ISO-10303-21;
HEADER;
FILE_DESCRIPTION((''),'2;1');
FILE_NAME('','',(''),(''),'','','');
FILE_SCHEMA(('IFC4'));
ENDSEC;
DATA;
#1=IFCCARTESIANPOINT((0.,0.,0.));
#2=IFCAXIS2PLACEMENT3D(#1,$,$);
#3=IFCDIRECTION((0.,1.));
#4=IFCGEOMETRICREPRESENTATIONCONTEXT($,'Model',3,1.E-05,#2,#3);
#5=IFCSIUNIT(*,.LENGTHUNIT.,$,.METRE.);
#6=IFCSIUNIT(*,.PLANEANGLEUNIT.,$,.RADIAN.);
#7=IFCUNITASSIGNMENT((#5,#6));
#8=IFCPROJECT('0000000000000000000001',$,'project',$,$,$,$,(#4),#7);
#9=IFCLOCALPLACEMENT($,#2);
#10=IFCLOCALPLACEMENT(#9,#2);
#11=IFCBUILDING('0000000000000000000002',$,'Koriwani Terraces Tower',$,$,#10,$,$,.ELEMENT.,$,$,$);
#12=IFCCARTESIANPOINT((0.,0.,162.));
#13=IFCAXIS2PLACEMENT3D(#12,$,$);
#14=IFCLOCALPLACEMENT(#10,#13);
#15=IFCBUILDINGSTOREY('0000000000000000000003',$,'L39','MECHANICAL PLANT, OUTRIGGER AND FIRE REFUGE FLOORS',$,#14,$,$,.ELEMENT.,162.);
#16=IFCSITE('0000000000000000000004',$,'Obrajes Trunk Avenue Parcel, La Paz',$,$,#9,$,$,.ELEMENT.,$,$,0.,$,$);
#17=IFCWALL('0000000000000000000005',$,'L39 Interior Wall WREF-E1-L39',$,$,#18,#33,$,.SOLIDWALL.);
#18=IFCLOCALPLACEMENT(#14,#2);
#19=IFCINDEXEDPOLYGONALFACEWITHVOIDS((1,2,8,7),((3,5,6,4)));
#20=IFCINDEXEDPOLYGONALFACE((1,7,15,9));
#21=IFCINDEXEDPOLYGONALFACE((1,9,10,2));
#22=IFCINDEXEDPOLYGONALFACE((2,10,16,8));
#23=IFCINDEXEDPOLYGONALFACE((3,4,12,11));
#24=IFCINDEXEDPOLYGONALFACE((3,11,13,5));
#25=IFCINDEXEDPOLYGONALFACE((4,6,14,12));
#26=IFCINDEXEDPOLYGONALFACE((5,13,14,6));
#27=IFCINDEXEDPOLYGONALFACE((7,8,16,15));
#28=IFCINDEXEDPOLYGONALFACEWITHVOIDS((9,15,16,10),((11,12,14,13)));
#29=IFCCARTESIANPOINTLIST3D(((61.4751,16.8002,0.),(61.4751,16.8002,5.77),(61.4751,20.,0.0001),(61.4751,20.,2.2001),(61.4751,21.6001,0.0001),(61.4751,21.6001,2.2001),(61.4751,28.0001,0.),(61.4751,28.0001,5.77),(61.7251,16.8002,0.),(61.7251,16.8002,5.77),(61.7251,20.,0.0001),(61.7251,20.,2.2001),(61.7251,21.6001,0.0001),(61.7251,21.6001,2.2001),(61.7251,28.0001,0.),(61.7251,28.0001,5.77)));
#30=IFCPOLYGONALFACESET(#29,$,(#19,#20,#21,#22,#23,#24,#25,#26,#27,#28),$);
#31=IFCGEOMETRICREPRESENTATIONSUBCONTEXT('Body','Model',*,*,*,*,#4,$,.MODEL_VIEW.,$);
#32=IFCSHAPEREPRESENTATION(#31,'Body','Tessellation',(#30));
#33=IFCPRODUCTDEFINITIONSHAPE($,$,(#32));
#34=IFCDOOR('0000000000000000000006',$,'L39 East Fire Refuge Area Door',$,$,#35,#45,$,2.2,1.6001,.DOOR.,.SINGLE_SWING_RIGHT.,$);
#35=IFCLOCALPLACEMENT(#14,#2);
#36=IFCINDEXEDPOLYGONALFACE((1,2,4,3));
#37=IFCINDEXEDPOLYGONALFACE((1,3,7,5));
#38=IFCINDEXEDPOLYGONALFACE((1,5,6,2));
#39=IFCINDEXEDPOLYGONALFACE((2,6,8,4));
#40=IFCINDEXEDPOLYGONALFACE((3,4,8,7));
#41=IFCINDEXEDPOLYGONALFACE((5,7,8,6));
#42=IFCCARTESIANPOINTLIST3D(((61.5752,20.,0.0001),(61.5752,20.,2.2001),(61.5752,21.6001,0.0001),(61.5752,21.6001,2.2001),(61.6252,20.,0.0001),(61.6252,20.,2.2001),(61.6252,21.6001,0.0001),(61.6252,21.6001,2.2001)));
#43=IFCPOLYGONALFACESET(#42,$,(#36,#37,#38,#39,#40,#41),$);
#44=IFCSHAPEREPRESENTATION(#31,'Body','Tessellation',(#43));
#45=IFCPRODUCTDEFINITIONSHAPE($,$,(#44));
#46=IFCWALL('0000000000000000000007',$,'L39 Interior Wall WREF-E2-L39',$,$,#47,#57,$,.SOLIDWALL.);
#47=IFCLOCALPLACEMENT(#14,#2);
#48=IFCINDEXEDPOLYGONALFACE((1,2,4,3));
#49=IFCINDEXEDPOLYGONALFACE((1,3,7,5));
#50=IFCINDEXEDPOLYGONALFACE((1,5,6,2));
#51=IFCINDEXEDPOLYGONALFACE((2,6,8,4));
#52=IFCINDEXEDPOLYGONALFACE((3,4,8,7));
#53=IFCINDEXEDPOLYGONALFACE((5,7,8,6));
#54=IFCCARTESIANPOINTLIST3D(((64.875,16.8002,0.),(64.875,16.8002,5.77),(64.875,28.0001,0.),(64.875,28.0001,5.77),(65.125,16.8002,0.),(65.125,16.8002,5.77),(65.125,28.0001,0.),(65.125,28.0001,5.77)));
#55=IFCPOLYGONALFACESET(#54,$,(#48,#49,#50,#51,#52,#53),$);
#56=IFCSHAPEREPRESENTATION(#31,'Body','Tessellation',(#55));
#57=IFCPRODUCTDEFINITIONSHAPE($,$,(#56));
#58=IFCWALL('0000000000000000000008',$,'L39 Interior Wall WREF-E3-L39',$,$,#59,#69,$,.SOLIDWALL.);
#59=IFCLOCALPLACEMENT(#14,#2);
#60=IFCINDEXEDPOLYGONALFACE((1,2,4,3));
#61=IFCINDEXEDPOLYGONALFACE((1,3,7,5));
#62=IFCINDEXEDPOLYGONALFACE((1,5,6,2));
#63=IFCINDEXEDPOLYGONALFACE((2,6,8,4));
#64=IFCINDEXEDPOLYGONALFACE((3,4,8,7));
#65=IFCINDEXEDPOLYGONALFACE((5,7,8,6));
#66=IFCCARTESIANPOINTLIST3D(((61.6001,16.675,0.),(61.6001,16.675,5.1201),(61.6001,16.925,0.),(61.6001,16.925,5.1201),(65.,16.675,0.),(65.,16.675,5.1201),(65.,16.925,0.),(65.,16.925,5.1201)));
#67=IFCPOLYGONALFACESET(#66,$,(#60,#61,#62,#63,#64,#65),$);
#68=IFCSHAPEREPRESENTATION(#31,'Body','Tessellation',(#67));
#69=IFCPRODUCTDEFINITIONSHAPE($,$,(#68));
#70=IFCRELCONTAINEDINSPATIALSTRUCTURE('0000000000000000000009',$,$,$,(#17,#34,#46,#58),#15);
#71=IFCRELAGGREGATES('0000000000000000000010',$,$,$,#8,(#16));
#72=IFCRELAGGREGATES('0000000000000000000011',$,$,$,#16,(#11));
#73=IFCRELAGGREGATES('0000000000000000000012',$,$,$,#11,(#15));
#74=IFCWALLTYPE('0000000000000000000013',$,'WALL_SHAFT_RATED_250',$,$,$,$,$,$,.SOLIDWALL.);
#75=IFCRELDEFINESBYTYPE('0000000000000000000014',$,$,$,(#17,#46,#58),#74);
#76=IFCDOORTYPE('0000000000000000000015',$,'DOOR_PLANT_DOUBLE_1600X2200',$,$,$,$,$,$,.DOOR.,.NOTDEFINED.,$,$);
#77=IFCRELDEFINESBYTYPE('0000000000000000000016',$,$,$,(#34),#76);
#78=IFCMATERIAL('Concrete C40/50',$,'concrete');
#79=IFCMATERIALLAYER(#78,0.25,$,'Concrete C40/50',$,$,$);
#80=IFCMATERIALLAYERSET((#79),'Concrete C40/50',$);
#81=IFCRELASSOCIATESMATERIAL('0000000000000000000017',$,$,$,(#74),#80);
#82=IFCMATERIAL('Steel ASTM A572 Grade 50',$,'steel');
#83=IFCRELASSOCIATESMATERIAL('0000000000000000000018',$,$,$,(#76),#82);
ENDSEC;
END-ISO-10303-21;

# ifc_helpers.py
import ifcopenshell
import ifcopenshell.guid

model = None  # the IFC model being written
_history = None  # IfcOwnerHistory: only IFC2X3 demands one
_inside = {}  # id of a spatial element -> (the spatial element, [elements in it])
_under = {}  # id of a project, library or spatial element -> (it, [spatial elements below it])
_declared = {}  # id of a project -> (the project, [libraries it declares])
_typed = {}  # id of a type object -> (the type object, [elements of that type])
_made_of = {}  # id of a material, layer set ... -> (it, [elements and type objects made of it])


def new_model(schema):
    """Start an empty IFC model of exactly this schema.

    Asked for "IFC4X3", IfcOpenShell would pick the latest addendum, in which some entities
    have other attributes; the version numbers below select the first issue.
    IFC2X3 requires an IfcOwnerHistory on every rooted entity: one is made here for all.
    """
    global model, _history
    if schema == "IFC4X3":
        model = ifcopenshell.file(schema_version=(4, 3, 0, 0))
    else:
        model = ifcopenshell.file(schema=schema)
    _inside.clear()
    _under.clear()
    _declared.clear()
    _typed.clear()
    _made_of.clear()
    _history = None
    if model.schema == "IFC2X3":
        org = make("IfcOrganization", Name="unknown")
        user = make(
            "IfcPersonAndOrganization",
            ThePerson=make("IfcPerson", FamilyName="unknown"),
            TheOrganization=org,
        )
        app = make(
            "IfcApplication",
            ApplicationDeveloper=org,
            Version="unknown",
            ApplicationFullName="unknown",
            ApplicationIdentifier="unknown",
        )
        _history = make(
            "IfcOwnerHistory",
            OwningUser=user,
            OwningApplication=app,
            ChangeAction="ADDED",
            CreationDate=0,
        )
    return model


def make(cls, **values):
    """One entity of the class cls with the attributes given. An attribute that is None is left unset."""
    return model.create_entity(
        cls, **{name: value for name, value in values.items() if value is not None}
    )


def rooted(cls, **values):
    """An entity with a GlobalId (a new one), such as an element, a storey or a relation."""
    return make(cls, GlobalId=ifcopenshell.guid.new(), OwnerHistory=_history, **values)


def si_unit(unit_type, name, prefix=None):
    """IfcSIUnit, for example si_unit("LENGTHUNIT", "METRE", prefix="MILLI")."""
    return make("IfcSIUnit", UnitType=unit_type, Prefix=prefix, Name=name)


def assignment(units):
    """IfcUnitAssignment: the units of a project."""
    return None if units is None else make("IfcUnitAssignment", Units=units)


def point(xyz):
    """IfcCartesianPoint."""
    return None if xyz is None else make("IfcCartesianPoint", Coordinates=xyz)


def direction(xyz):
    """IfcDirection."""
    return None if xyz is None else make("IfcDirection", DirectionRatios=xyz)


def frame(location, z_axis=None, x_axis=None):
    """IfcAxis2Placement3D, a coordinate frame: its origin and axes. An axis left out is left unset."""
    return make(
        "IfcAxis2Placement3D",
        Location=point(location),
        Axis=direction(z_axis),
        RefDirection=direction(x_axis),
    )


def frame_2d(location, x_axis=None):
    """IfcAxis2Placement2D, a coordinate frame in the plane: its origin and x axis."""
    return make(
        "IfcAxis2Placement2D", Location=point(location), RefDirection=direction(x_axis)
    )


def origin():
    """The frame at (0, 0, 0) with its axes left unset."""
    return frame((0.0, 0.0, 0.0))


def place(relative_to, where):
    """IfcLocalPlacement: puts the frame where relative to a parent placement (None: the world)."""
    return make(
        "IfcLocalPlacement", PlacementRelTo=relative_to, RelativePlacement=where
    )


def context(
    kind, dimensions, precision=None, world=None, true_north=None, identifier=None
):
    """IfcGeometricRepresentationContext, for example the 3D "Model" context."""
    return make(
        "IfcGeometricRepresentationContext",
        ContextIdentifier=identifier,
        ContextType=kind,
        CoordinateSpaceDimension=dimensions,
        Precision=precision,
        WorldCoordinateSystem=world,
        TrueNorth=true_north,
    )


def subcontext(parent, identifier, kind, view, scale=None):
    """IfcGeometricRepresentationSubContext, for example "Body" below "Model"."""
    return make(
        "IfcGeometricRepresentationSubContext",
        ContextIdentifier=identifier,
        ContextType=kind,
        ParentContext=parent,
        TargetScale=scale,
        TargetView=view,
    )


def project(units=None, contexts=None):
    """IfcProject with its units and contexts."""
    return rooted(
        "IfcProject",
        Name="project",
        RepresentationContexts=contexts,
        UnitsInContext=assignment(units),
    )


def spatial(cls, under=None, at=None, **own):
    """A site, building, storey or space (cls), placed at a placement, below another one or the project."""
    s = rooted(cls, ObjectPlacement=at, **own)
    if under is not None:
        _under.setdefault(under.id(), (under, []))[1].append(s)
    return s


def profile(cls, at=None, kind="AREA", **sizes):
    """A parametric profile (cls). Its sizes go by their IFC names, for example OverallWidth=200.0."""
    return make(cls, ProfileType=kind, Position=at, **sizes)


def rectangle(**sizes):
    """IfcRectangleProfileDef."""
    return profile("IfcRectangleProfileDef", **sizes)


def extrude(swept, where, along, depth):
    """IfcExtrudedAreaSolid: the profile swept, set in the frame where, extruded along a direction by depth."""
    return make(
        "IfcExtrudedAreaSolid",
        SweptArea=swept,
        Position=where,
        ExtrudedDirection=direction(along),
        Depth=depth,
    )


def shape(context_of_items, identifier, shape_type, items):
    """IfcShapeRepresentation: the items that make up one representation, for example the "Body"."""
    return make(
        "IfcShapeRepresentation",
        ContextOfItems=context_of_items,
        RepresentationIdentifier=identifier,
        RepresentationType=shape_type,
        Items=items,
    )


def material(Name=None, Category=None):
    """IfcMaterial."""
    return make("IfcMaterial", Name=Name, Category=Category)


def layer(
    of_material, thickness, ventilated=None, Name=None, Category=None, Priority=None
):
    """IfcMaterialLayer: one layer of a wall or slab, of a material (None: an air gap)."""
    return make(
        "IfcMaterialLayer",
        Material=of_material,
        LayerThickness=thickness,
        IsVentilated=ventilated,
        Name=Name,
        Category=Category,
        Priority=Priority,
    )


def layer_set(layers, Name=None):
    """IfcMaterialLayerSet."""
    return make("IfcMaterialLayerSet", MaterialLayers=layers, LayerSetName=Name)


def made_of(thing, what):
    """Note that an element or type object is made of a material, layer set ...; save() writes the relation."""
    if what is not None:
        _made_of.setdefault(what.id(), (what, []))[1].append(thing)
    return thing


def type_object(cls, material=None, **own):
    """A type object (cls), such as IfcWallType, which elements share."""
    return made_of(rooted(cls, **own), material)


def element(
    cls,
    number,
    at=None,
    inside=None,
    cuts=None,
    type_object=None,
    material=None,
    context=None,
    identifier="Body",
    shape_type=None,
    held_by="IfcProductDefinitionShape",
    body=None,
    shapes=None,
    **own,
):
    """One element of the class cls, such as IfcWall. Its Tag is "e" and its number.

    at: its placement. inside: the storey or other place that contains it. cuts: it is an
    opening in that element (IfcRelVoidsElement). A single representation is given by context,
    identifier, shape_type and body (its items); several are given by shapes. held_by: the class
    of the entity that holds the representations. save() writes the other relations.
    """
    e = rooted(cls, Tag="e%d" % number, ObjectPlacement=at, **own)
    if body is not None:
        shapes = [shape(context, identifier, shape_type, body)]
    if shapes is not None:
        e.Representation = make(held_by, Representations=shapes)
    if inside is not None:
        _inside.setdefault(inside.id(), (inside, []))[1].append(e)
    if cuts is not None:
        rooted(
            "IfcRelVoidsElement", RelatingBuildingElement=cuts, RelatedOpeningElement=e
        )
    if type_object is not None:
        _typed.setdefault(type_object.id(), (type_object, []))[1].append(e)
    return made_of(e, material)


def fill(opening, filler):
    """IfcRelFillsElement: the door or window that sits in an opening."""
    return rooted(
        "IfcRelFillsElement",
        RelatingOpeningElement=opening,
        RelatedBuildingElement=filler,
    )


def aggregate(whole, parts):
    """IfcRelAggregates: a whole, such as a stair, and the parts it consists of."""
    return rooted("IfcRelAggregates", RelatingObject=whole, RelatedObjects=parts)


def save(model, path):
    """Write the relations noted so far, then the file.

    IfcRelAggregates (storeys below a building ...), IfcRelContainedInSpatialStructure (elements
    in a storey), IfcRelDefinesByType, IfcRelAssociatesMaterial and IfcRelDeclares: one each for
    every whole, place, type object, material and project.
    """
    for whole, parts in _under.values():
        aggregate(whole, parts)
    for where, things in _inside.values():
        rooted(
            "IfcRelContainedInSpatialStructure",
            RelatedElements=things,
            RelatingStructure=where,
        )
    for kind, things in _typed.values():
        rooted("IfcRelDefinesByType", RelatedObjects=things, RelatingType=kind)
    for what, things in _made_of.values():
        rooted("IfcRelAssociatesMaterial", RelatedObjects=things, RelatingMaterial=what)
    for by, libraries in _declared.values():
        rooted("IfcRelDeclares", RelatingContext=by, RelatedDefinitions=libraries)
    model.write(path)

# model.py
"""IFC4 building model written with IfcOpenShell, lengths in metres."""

from ifc_helpers import new_model, si_unit, direction, frame, frame_2d, origin, place, context, subcontext, project, spatial, rectangle, extrude, material, layer, layer_set, type_object, element, fill, save


model = new_model("IFC4")

# Units and contexts
model_context = context("Model", 3, precision=1e-05, world=origin(), true_north=direction((0.0, 1.0)))
body_context = subcontext(model_context, "Body", "Model", "MODEL_VIEW")
ifc_project = project(units=[si_unit("LENGTHUNIT", "METRE"), si_unit("PLANEANGLEUNIT", "RADIAN")], contexts=[model_context])

# Site, building, storey
site_placement = place(None, origin())
site = spatial("IfcSite", under=ifc_project, at=site_placement, Name="Obrajes Trunk Avenue Parcel, La Paz", CompositionType="ELEMENT", RefElevation=0.0)
building_placement = place(site_placement, origin())
building = spatial("IfcBuilding", under=site, at=building_placement, Name="Koriwani Terraces Tower", CompositionType="ELEMENT")
storey_placement = place(building_placement, frame((0.0, 0.0, 162.0)))
storey = spatial("IfcBuildingStorey", under=building, at=storey_placement, Name="L39", Description="MECHANICAL PLANT, OUTRIGGER AND FIRE REFUGE FLOORS", CompositionType="ELEMENT", Elevation=162.0)

# Shared definitions
ifc_material_1 = material(Name="Steel ASTM A572 Grade 50", Category="steel")

# Wall, opening, door
ifc_material_2 = material(Name="Concrete C40/50", Category="concrete")
ifc_layer_1 = layer(ifc_material_2, 0.25, Name="Concrete C40/50")
ifc_layer_set_1 = layer_set([ifc_layer_1], Name="Concrete C40/50")
wall_type_1 = type_object("IfcWallType", Name="WALL_SHAFT_RATED_250", PredefinedType="SOLIDWALL", material=ifc_layer_set_1)
wall_1_placement = place(storey_placement, frame((61.6001, 16.8, 0.0), z_axis=(0.0, 0.0, 1.0), x_axis=(0.0, 1.0, 0.0)))
wall_1 = element("IfcWall", 1, at=wall_1_placement, inside=storey, type_object=wall_type_1, Name="L39 Interior Wall WREF-E1-L39", PredefinedType="SOLIDWALL", context=body_context, shape_type="SweptSolid", body=[
    extrude(rectangle(XDim=11.2, YDim=0.25, at=frame_2d((5.6001, 0.0))), origin(), (0.0, 0.0, 1.0), 5.77),
])
opening_placement = place(wall_1_placement, frame((3.2, 0.0, 0.0)))
opening = element("IfcOpeningElement", 2, at=opening_placement, cuts=wall_1, PredefinedType="OPENING", context=body_context, shape_type="SweptSolid", body=[
    extrude(rectangle(XDim=1.6001, YDim=2.2, at=frame_2d((0.8, 1.1001))), frame((0.0, 0.135, 0.0), z_axis=(0.0, -1.0, 0.0), x_axis=(1.0, 0.0, 0.0)), (0.0, 0.0, 1.0), 0.27),
])
door_type = type_object("IfcDoorType", Name="DOOR_PLANT_DOUBLE_1600X2200", OperationType="NOTDEFINED", PredefinedType="DOOR", material=ifc_material_1)
door_placement = place(opening_placement, origin())
door = element("IfcDoor", 3, at=door_placement, inside=storey, type_object=door_type, Name="L39 East Fire Refuge Area Door", OperationType="SINGLE_SWING_RIGHT", OverallHeight=2.2, OverallWidth=1.6001, PredefinedType="DOOR", context=body_context, shape_type="SweptSolid", body=[
    extrude(rectangle(XDim=1.6001, YDim=2.2, at=frame_2d((0.8, 1.1001))), frame((0.0, 0.0249, 0.0), z_axis=(0.0, -1.0, 0.0), x_axis=(1.0, 0.0, 0.0)), (0.0, 0.0, 1.0), 0.05),
])
fill(opening, door)

# Walls
wall_2_placement = place(storey_placement, frame((65.0, 16.8, 0.0), z_axis=(0.0, 0.0, 1.0), x_axis=(0.0, 1.0, 0.0)))
element("IfcWall", 4, at=wall_2_placement, inside=storey, type_object=wall_type_1, Name="L39 Interior Wall WREF-E2-L39", PredefinedType="SOLIDWALL", context=body_context, shape_type="SweptSolid", body=[
    extrude(rectangle(XDim=11.2, YDim=0.25, at=frame_2d((5.6001, 0.0))), origin(), (0.0, 0.0, 1.0), 5.77),
])
wall_3_placement = place(storey_placement, frame((61.6001, 16.8, 0.0), z_axis=(0.0, 0.0, 1.0), x_axis=(1.0, 0.0, 0.0)))
element("IfcWall", 5, at=wall_3_placement, inside=storey, type_object=wall_type_1, Name="L39 Interior Wall WREF-E3-L39", PredefinedType="SOLIDWALL", context=body_context, shape_type="SweptSolid", body=[
    extrude(rectangle(XDim=3.3999, YDim=0.25, at=frame_2d((1.7, 0.0))), origin(), (0.0, 0.0, 1.0), 5.1201),
])

save(model, "model.ifc")
